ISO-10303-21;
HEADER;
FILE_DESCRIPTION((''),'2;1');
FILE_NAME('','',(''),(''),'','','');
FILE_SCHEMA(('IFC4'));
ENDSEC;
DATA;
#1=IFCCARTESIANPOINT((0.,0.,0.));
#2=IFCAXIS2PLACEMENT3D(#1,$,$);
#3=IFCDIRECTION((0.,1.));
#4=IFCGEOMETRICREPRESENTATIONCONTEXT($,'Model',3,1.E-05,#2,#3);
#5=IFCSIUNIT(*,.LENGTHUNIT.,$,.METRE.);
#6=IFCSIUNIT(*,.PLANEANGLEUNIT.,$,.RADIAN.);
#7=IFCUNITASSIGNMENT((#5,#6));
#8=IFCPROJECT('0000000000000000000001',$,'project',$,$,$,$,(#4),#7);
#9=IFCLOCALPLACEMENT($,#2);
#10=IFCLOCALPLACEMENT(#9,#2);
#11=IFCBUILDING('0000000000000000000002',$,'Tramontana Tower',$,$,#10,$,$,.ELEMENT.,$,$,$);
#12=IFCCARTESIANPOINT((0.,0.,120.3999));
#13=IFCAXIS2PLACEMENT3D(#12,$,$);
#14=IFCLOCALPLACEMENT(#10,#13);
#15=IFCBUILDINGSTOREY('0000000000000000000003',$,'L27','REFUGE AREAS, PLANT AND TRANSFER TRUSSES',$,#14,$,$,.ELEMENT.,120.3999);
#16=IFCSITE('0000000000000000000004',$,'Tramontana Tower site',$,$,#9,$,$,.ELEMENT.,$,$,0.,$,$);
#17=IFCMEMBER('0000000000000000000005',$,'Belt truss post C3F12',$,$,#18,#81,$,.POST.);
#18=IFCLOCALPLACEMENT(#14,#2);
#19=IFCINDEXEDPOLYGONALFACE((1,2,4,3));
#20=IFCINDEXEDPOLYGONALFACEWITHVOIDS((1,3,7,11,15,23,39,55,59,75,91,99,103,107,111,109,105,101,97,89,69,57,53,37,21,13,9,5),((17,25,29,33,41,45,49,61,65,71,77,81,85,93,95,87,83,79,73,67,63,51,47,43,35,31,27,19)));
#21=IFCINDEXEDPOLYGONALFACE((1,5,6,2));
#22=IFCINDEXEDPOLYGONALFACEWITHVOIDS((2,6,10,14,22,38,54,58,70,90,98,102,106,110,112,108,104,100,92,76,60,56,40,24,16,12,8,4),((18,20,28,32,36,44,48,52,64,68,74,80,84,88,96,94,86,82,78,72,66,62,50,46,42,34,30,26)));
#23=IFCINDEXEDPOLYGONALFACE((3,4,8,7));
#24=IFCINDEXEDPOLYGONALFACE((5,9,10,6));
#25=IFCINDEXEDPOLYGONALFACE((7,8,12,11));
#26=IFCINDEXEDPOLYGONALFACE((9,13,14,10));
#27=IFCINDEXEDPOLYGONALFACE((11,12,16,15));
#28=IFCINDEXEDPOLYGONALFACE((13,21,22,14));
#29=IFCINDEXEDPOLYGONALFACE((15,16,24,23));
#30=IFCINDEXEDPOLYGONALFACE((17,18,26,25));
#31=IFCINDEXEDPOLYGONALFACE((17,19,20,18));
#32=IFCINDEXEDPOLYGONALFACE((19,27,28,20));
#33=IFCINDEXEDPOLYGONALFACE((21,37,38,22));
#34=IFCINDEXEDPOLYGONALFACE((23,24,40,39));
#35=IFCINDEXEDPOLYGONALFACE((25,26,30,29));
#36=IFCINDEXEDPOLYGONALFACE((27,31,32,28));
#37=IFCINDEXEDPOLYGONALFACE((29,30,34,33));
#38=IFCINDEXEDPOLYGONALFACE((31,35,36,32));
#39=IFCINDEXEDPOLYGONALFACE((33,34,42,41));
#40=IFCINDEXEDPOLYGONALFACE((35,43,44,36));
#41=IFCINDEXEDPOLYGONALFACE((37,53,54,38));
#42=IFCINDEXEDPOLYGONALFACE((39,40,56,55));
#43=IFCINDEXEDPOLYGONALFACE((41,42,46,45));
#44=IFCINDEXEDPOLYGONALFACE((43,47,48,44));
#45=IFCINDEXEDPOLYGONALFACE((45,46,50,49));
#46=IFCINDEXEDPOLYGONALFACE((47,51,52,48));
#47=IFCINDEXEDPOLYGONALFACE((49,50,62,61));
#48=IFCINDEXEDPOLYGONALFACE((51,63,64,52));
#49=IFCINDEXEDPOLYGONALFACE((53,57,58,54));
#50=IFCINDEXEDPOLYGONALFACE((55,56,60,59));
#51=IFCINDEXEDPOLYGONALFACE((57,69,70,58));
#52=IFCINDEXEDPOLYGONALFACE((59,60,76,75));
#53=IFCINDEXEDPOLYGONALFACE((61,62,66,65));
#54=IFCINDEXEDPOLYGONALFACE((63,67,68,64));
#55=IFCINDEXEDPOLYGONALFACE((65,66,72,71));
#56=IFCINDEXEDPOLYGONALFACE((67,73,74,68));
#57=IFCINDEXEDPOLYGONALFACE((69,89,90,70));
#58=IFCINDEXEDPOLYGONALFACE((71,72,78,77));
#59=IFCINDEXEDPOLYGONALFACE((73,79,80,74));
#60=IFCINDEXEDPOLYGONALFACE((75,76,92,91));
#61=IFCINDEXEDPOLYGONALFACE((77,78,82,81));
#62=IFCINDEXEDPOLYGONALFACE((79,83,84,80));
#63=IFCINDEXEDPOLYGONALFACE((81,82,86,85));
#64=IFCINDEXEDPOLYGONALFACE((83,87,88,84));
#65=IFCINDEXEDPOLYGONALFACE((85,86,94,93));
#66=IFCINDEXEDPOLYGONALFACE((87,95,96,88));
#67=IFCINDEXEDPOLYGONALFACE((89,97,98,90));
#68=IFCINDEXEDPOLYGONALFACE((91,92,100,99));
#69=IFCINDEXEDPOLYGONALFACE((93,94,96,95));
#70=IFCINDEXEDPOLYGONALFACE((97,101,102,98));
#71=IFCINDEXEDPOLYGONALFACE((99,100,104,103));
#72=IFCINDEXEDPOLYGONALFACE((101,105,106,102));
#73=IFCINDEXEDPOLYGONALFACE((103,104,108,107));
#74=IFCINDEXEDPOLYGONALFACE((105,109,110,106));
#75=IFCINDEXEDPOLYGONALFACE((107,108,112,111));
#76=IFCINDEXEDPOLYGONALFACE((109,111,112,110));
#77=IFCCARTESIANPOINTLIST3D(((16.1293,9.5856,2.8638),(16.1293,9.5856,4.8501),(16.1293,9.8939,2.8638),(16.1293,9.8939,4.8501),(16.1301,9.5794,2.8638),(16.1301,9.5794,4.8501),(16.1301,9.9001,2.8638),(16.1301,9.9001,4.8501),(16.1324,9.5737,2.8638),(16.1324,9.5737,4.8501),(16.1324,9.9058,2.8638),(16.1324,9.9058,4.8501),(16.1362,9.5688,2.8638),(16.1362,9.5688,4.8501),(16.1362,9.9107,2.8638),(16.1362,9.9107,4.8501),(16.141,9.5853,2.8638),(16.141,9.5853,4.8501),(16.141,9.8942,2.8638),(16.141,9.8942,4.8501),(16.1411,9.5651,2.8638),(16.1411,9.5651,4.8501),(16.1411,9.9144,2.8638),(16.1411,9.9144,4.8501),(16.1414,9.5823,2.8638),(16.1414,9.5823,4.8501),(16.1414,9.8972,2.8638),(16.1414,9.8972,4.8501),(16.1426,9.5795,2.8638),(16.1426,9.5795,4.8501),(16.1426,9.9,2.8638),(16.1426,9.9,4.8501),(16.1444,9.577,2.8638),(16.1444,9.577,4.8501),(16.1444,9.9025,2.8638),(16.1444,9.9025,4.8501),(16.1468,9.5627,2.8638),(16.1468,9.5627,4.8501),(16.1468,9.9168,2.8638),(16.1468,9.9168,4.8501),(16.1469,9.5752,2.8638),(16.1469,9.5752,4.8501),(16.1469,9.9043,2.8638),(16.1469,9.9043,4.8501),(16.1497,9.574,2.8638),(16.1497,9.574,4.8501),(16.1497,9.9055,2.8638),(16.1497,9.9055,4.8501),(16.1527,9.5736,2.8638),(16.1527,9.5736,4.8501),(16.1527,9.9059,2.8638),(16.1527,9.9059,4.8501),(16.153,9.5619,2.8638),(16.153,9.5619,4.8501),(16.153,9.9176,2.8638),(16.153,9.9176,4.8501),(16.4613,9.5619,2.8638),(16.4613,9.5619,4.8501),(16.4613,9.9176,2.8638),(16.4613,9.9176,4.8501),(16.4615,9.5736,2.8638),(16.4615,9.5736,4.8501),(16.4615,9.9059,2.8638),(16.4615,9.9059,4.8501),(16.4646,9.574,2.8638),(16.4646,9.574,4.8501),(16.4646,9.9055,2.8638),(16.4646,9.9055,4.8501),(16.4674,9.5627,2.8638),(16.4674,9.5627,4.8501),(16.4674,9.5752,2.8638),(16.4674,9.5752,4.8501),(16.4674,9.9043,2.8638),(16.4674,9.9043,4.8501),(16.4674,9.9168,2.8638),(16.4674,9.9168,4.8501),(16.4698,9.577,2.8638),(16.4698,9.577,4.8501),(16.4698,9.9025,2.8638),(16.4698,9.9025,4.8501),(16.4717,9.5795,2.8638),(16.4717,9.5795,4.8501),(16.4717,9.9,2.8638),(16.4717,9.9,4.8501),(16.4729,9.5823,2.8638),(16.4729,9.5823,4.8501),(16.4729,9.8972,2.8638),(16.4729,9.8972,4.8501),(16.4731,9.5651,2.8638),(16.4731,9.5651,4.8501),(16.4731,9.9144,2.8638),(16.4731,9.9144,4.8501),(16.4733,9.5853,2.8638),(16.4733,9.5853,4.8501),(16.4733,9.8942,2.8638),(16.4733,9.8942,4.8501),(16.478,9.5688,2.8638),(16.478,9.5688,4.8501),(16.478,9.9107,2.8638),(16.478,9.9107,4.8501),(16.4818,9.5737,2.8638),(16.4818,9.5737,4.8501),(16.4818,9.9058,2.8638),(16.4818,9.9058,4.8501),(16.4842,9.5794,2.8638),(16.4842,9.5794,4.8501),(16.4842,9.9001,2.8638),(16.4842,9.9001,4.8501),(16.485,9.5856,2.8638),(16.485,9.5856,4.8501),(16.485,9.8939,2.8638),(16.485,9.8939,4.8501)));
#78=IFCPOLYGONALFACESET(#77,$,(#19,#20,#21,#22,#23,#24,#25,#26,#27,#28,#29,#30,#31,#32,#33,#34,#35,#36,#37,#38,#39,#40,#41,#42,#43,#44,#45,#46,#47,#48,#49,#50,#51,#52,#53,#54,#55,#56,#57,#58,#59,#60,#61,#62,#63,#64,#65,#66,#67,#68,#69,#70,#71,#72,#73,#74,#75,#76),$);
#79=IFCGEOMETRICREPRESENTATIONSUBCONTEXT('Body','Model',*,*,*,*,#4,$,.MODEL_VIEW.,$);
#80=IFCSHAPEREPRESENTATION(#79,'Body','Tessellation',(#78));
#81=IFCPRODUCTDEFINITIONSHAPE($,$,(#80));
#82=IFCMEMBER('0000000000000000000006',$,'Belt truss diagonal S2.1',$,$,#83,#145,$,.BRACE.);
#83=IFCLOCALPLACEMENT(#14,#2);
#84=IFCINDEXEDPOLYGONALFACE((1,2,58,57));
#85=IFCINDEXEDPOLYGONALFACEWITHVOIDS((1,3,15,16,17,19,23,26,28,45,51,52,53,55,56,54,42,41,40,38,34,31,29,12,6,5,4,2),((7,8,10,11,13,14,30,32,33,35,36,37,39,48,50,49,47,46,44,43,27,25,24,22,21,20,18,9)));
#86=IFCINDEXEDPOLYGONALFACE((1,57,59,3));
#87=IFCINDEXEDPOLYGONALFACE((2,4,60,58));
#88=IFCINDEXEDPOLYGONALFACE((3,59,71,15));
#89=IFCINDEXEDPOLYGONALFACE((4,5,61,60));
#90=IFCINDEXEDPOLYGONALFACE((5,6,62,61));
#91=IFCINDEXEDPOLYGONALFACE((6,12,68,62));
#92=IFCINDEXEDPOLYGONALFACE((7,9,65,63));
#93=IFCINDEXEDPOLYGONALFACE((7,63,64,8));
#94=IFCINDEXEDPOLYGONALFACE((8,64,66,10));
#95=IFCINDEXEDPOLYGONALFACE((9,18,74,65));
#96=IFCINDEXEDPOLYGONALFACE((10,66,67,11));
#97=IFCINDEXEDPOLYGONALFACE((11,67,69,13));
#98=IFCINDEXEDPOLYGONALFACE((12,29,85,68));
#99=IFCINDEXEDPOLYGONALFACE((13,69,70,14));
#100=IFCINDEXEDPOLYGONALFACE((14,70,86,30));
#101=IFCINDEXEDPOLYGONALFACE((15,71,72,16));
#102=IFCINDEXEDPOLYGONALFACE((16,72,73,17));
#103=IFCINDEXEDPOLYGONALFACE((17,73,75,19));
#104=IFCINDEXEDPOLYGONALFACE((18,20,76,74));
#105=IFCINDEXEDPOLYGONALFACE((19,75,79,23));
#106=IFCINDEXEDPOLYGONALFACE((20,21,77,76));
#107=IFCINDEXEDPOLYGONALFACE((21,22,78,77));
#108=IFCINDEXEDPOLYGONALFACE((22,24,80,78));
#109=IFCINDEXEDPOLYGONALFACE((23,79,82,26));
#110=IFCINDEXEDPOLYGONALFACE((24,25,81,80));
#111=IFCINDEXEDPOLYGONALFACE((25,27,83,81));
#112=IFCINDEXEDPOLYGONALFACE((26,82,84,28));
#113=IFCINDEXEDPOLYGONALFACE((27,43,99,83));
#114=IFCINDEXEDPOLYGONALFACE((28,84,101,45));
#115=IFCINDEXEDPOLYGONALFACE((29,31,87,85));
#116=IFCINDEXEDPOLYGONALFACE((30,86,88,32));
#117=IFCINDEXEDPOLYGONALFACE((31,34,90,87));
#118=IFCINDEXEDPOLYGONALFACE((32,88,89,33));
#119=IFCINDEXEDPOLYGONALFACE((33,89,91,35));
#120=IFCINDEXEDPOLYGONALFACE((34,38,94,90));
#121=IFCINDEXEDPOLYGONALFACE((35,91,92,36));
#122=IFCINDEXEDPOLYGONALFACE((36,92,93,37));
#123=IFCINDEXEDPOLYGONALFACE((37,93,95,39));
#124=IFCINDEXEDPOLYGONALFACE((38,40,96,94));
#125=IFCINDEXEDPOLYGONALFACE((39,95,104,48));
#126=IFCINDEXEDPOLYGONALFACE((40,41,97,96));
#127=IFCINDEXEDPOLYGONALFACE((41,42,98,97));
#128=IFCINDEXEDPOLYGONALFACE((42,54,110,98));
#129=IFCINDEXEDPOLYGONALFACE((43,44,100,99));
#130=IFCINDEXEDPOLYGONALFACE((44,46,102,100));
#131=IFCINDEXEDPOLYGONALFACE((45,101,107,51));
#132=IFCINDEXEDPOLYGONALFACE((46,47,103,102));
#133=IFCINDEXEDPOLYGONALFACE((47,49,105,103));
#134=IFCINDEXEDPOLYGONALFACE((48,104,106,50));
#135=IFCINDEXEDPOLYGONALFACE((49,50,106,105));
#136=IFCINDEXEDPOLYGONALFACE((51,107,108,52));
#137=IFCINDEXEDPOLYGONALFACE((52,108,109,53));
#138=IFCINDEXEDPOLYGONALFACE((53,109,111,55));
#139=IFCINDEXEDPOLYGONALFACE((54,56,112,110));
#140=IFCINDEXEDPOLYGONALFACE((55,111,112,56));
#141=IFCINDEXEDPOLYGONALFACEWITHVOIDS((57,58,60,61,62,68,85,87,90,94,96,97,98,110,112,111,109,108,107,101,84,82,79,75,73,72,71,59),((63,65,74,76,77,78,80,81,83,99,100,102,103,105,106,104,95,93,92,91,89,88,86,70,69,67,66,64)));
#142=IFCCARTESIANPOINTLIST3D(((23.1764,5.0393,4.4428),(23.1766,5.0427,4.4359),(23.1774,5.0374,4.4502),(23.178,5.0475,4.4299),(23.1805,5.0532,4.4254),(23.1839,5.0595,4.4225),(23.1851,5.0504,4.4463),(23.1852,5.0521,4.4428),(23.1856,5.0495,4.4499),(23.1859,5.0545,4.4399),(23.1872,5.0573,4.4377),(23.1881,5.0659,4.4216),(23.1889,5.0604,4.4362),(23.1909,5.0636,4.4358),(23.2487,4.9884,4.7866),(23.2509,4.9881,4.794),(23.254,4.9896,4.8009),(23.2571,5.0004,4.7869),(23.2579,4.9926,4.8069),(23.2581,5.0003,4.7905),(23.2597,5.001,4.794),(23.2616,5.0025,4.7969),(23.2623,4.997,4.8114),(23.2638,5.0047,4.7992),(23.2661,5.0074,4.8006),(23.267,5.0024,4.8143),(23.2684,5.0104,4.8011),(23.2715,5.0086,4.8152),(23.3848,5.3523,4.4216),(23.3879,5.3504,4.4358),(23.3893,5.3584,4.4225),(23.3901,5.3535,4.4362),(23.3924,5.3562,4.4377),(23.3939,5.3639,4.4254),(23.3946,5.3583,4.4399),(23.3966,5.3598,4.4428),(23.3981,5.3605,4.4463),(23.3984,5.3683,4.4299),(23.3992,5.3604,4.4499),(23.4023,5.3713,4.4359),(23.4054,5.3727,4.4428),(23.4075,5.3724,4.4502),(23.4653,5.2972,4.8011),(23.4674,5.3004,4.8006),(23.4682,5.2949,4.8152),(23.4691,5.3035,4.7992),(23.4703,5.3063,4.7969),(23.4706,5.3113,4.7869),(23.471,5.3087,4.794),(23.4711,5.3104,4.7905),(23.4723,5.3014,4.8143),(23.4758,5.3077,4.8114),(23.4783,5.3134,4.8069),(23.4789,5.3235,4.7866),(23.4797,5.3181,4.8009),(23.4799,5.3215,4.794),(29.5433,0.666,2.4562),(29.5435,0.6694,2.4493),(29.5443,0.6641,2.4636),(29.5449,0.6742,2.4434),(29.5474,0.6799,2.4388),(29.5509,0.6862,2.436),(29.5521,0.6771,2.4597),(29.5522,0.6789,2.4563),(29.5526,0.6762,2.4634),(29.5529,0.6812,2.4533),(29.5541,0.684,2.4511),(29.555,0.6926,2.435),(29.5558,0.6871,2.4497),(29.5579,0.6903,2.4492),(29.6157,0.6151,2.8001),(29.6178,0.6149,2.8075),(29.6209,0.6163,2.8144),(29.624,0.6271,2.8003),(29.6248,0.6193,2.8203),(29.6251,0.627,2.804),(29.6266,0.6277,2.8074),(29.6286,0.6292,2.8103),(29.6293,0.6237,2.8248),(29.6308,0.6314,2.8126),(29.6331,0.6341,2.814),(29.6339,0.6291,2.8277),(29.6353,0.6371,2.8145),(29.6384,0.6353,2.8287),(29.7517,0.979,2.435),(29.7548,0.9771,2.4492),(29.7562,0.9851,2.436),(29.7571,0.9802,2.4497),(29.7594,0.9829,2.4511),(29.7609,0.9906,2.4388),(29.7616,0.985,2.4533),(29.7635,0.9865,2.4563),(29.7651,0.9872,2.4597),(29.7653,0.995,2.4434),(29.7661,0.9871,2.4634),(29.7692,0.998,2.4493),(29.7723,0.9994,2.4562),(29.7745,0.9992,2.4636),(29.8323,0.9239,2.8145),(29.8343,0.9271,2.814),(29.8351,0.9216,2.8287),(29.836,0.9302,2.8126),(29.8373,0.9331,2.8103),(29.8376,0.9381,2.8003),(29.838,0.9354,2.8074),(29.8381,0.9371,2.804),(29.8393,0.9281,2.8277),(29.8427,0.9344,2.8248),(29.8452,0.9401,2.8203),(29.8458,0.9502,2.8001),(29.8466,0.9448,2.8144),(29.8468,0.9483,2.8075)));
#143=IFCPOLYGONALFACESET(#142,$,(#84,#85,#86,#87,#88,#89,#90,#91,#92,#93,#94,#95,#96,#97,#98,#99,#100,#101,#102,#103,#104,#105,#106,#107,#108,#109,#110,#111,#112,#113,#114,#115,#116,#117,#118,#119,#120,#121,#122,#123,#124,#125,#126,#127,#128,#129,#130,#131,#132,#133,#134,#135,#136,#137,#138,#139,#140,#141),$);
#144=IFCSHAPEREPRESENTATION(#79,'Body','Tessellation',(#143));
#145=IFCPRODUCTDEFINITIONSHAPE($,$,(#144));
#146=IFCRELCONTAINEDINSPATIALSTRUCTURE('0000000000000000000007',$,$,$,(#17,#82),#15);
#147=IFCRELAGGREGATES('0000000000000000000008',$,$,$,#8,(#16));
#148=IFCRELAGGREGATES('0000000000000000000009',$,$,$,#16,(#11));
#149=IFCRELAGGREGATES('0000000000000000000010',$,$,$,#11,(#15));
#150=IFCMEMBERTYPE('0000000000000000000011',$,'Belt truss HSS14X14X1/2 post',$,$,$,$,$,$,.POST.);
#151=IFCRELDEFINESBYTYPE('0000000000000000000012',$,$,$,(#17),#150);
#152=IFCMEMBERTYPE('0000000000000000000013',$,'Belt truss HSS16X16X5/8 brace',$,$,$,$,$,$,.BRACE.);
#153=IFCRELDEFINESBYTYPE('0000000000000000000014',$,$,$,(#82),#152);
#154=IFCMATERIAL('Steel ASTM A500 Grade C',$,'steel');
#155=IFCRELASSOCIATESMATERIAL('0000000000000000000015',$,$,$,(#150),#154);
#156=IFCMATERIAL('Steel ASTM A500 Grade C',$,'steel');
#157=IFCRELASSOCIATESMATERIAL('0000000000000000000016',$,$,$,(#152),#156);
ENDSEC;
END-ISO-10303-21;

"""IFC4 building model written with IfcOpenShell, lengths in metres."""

from ifc_helpers import new_model, si_unit, direction, frame, origin, origin_2d, place, context, subcontext, project, spatial, hollow_rectangle, extrude, material, material_profile, profile_set, type_object, element, save


model = new_model("IFC4")

# Units and contexts
model_context = context("Model", 3, precision=1e-05, world=origin(), true_north=direction((0.0, 1.0)))
body_context = subcontext(model_context, "Body", "Model", "MODEL_VIEW")
ifc_project = project(units=[si_unit("LENGTHUNIT", "METRE"), si_unit("PLANEANGLEUNIT", "RADIAN")], contexts=[model_context])

# Site, building, storey
site_placement = place(None, origin())
site = spatial("IfcSite", under=ifc_project, at=site_placement, Name="Tramontana Tower site", CompositionType="ELEMENT", RefElevation=0.0)
building_placement = place(site_placement, origin())
building = spatial("IfcBuilding", under=site, at=building_placement, Name="Tramontana Tower", CompositionType="ELEMENT")
storey_placement = place(building_placement, frame((0.0, 0.0, 120.3999)))
storey = spatial("IfcBuildingStorey", under=building, at=storey_placement, Name="L27", Description="REFUGE AREAS, PLANT AND TRANSFER TRUSSES", CompositionType="ELEMENT", Elevation=120.3999)

# Members
ifc_material_1 = material(Name="Steel ASTM A500 Grade C", Category="steel")
ifc_material_profile_1 = material_profile(ifc_material_1, hollow_rectangle(XDim=0.3557, YDim=0.3557, WallThickness=0.0117, InnerFilletRadius=0.0117, OuterFilletRadius=0.0237, at=origin_2d()), Name="HSS14X14X1/2")
ifc_profile_set_1 = profile_set([ifc_material_profile_1], Name="Steel ASTM A500 Grade C")
member_type_1 = type_object("IfcMemberType", Name="Belt truss HSS14X14X1/2 post", PredefinedType="POST", material=ifc_profile_set_1)
for number, where, z_axis, x_axis, name in (
    (1, (16.3071, 9.7397, 2.8638), (0.0, 0.0, 1.0), (1.0, 0.0, 0.0), "Belt truss post C3F12"),
):
    element("IfcMember", number, at=place(storey_placement, frame(where, z_axis=z_axis, x_axis=x_axis)), inside=storey, type_object=member_type_1, Name=name, PredefinedType="POST", context=body_context, shape_type="SweptSolid", body=[
        extrude(hollow_rectangle(XDim=0.3557, YDim=0.3557, WallThickness=0.0117, InnerFilletRadius=0.0117, OuterFilletRadius=0.0237, at=origin_2d()), origin(), (0.0, 0.0, 1.0), 1.9863),
    ])
ifc_material_2 = material(Name="Steel ASTM A500 Grade C", Category="steel")
ifc_material_profile_2 = material_profile(ifc_material_2, hollow_rectangle(XDim=0.4065, YDim=0.4065, WallThickness=0.0146, InnerFilletRadius=0.0146, OuterFilletRadius=0.0295, at=origin_2d()), Name="HSS16X16X5/8")
ifc_profile_set_2 = profile_set([ifc_material_profile_2], Name="Steel ASTM A500 Grade C")
member_type_2 = type_object("IfcMemberType", Name="Belt truss HSS16X16X5/8 brace", PredefinedType="BRACE", material=ifc_profile_set_2)
member_1_placement = place(storey_placement, frame((29.6951, 0.8071, 2.6318), z_axis=(-0.798303, 0.548334, 0.249081), x_axis=(-0.566179, -0.824283, 0.0)))
element("IfcMember", 2, at=member_1_placement, inside=storey, type_object=member_type_2, Name="Belt truss diagonal S2.1", PredefinedType="BRACE", context=body_context, shape_type="SweptSolid", body=[
    extrude(hollow_rectangle(XDim=0.4065, YDim=0.4065, WallThickness=0.0146, InnerFilletRadius=0.0146, OuterFilletRadius=0.0295, at=origin_2d()), origin(), (0.0, 0.0, 1.0), 7.9756),
])

save(model, "model.ifc")
